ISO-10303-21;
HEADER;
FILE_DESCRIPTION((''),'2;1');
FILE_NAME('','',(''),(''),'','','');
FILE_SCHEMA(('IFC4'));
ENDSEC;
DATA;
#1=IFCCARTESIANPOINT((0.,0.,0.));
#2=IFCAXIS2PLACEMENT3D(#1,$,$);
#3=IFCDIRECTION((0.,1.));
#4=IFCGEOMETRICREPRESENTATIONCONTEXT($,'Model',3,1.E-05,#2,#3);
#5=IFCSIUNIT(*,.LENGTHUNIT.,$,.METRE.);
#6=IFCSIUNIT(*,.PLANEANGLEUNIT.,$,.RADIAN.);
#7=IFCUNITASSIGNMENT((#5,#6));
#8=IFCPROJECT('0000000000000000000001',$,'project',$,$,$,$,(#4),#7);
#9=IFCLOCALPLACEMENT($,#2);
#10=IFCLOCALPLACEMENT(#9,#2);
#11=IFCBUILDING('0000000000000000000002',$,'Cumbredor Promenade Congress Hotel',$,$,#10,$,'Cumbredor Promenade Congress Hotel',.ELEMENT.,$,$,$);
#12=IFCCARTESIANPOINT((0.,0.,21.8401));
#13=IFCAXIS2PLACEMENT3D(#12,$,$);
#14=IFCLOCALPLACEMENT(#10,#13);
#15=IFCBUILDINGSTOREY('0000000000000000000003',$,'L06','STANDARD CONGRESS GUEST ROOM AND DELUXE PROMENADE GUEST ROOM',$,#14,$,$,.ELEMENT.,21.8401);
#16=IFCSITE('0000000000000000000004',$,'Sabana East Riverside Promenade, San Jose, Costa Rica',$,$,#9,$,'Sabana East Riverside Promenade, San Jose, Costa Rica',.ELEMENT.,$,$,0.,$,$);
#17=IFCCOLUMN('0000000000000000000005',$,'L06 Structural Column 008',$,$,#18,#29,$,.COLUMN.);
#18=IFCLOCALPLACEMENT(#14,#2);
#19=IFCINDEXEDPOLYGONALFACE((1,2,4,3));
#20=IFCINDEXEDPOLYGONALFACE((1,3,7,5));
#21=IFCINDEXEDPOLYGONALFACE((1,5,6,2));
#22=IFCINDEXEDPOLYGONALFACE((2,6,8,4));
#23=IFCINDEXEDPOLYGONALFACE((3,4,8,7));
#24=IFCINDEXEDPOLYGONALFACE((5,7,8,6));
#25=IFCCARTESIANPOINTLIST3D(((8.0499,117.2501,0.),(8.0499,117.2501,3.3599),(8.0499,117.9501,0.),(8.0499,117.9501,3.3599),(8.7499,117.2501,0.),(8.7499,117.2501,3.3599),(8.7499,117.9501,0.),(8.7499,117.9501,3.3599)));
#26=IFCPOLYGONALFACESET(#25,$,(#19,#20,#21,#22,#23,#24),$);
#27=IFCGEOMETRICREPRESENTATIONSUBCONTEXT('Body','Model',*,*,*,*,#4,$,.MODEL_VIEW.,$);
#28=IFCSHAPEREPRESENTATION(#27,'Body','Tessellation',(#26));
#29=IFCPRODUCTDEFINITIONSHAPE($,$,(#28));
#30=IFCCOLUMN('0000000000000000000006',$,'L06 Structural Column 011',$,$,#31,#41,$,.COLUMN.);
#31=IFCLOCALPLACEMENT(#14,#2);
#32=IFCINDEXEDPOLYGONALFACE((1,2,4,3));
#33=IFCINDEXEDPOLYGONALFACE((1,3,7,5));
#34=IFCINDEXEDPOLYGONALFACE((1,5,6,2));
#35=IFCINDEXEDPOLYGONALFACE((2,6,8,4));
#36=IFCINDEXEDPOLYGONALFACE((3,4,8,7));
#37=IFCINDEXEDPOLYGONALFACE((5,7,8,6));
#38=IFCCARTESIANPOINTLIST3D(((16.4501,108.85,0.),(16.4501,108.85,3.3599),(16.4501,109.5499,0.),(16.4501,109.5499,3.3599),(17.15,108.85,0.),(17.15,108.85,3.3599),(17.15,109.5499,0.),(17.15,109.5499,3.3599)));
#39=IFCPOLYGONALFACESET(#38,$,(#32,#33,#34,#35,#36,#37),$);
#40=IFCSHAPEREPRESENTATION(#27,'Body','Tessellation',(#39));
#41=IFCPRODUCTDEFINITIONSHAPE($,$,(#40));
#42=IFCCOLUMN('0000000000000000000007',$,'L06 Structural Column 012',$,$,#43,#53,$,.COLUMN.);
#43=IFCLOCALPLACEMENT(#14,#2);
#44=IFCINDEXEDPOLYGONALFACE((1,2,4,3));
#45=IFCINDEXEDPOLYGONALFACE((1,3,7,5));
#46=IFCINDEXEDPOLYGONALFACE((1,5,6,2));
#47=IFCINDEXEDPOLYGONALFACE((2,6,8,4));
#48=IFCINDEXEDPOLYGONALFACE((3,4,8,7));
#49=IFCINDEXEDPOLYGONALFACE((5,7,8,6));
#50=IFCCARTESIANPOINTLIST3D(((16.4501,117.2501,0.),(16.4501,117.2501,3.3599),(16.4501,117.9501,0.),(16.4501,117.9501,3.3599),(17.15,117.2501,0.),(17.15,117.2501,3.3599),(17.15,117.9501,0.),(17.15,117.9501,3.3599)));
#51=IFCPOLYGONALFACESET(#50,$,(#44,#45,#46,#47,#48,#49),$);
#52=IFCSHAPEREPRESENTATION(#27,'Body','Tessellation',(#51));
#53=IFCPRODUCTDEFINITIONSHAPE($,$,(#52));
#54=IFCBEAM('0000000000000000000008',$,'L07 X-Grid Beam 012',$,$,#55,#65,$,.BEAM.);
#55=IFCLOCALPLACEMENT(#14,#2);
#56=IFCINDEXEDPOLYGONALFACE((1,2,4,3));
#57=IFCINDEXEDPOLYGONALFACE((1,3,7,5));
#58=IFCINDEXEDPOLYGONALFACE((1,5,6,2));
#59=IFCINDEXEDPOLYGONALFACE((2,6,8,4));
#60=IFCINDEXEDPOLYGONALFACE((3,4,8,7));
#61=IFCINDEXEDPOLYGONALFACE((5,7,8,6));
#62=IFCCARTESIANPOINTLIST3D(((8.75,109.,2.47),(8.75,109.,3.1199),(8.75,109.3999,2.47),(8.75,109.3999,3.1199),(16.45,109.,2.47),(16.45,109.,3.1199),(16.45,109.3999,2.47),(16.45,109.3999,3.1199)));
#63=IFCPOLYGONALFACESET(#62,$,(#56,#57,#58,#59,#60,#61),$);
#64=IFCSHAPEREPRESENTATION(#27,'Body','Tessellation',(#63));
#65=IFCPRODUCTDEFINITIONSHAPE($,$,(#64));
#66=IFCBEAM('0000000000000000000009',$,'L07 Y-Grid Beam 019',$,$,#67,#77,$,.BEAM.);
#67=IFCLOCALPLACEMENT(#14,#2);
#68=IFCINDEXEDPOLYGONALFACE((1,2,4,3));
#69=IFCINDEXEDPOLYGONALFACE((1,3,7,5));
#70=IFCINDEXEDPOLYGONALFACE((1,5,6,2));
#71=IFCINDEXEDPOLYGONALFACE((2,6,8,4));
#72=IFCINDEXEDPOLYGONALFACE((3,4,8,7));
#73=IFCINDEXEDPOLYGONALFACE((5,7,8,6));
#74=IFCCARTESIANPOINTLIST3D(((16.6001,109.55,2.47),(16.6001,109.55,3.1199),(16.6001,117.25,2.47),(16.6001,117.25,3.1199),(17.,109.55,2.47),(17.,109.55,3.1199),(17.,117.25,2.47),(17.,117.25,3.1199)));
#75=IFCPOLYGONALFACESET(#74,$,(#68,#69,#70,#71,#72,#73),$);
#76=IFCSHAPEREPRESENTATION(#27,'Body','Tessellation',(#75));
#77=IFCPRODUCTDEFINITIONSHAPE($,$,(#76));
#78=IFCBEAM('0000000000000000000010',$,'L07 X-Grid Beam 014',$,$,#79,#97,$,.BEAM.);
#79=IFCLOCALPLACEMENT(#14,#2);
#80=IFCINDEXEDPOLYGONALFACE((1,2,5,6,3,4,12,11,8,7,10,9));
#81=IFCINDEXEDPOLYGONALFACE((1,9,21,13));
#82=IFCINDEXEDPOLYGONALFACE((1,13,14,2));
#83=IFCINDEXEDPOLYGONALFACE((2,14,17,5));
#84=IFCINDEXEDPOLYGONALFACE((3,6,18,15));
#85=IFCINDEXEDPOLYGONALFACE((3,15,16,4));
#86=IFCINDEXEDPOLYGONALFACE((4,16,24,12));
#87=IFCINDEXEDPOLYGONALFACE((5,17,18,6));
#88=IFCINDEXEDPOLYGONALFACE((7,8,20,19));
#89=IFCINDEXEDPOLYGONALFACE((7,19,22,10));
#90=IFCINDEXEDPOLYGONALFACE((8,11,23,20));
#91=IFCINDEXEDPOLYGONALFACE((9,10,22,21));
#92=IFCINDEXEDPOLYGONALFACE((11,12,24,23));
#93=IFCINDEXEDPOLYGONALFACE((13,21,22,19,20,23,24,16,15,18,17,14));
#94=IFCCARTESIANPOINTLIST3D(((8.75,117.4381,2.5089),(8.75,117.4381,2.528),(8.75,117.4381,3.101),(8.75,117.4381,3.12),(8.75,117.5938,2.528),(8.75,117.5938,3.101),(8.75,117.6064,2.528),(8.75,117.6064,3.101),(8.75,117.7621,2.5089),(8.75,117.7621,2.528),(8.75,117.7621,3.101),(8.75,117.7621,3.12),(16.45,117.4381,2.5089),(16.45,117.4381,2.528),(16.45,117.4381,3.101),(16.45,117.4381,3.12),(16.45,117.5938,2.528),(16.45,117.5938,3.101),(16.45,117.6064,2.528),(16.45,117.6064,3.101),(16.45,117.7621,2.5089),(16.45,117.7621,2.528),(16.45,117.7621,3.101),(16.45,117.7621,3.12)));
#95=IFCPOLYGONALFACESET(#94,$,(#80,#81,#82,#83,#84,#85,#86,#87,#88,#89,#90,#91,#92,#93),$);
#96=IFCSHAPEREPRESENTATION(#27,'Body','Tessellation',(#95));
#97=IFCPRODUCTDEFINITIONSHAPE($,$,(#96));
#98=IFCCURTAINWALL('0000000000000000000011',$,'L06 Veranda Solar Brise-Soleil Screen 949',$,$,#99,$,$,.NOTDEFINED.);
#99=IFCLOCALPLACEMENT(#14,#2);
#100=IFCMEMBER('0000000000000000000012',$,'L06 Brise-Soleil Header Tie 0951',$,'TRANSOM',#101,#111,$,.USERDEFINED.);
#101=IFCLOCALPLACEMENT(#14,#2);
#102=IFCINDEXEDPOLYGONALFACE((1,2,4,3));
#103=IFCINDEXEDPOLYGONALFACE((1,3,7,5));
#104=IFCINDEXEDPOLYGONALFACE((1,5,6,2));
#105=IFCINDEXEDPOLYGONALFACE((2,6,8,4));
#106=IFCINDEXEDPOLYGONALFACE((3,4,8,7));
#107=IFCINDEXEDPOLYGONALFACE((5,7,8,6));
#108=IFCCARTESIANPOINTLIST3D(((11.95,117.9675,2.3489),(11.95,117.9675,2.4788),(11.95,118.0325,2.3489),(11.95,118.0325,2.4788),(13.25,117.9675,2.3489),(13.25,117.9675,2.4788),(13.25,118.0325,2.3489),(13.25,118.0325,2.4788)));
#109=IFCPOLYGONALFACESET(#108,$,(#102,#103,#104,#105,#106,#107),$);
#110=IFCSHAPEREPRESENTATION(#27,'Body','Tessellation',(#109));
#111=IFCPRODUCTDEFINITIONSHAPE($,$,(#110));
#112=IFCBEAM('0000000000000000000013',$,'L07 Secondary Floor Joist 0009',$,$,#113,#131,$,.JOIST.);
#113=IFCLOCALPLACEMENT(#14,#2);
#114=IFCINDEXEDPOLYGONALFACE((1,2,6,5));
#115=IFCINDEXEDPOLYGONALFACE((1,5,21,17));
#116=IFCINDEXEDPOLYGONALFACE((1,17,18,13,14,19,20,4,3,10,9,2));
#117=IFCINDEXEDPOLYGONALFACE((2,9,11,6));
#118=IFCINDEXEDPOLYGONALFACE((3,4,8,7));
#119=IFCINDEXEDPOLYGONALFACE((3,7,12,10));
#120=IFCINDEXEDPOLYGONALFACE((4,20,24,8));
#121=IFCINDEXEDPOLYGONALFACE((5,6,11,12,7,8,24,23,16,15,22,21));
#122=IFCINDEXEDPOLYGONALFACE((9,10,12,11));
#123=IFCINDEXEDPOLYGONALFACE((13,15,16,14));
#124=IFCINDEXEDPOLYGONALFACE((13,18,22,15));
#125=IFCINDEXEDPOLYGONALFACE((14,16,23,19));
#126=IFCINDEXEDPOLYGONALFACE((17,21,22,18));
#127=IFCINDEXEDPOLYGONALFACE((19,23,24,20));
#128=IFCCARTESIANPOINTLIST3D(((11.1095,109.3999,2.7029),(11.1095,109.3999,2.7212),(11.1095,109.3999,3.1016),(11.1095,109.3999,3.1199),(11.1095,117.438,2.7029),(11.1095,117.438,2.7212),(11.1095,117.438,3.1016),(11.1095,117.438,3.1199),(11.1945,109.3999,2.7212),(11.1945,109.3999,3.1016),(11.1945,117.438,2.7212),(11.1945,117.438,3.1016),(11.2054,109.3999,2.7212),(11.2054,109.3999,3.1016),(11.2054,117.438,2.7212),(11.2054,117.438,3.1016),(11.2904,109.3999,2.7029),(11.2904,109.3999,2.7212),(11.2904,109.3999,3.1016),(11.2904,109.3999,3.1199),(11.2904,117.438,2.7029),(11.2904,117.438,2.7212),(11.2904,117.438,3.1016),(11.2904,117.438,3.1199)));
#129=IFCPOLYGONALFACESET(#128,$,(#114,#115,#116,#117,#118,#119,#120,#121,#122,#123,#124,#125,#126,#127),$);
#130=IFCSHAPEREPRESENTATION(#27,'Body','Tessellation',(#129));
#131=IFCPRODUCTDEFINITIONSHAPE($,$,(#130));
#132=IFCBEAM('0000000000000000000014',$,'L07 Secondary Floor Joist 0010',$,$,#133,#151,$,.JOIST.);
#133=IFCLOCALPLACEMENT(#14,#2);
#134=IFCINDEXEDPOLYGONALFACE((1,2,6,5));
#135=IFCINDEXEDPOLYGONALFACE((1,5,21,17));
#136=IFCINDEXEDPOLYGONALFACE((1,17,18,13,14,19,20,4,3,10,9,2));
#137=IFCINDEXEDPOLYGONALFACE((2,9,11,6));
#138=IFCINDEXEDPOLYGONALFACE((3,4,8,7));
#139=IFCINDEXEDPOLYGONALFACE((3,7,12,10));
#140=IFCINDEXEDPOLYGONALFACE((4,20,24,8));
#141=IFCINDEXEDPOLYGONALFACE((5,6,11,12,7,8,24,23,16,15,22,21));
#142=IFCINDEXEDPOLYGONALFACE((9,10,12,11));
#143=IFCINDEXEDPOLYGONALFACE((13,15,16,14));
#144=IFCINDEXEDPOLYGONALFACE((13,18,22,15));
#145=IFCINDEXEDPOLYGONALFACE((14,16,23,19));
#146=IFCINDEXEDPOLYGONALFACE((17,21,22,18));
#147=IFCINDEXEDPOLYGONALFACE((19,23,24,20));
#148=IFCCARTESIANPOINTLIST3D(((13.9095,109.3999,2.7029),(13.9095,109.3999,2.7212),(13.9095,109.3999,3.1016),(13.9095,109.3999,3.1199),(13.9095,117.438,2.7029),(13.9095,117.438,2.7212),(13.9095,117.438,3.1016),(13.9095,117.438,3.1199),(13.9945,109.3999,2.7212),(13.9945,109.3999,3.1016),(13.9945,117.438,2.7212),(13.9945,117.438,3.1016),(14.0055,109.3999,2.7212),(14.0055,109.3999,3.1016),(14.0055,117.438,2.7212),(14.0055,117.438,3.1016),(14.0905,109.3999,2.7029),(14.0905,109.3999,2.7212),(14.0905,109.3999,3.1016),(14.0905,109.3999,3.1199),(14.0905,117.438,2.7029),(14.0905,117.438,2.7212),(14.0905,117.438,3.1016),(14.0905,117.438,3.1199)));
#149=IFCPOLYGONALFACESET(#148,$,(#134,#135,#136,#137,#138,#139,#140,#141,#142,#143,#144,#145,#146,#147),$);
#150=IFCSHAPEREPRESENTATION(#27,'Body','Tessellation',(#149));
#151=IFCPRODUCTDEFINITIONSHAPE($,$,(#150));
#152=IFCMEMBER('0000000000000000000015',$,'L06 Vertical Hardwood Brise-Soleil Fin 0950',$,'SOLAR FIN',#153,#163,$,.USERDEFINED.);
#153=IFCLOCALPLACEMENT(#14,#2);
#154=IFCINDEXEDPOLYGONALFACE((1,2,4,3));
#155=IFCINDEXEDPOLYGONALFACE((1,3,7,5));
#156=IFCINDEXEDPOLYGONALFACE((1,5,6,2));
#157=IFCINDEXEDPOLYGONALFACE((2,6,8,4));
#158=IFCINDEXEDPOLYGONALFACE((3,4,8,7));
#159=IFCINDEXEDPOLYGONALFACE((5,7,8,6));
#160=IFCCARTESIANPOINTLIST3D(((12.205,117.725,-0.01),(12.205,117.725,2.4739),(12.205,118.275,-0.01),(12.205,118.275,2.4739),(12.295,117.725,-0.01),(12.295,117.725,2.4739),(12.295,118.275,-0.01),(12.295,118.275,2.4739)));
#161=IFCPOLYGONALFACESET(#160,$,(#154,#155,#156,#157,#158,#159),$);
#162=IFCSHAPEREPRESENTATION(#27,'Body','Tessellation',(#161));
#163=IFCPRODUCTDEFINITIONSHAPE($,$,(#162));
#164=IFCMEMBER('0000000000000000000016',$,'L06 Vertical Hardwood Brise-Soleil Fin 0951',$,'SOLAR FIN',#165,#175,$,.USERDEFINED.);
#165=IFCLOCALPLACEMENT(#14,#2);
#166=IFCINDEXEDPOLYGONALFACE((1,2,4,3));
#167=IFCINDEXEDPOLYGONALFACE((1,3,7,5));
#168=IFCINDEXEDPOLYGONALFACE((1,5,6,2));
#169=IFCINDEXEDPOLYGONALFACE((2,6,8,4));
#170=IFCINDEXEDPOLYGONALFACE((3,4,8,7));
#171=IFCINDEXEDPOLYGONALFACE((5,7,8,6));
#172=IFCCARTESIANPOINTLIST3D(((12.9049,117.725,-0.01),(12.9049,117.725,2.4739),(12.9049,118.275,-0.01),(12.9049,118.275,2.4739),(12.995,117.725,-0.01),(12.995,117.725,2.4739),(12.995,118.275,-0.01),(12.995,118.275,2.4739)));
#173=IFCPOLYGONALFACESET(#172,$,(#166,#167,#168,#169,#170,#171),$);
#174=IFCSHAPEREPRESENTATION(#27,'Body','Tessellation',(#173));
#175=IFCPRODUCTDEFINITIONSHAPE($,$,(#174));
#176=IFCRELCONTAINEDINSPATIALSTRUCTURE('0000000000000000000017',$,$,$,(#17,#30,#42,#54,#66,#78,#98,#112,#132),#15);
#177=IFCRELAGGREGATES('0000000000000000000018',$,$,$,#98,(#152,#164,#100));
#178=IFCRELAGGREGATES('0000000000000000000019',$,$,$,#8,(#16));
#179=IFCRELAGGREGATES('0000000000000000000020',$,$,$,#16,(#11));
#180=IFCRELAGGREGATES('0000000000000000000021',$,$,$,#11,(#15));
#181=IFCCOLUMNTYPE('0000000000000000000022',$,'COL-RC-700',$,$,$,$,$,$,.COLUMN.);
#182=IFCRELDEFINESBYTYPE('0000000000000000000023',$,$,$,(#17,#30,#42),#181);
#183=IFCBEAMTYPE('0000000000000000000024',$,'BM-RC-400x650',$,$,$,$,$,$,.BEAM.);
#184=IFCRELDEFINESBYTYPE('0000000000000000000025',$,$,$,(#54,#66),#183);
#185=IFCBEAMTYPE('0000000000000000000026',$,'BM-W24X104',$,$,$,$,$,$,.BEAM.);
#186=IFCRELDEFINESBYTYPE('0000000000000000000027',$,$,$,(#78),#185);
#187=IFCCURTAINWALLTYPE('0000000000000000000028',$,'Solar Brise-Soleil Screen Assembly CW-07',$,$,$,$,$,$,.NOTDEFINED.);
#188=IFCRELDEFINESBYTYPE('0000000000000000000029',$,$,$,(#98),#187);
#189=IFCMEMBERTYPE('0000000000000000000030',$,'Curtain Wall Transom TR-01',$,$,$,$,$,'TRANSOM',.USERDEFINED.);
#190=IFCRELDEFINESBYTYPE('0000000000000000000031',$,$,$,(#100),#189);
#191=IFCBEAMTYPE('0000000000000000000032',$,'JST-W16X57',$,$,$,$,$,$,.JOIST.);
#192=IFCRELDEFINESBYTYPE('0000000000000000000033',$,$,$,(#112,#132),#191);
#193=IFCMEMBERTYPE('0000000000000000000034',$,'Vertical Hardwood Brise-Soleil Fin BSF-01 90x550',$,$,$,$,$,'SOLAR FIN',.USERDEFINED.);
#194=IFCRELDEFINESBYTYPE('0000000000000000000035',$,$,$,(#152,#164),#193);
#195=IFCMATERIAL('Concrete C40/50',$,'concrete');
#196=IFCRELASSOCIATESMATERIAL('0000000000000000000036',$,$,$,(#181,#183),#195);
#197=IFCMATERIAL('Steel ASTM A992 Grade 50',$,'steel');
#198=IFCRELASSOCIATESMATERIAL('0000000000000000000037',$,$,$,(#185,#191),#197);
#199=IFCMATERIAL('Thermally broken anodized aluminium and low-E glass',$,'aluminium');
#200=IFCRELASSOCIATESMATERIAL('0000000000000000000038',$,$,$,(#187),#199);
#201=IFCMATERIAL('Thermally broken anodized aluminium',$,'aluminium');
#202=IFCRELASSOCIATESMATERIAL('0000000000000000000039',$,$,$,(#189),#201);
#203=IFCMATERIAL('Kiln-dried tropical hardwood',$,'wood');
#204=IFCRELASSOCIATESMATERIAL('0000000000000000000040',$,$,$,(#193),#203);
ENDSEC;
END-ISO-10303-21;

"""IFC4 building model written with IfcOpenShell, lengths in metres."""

from ifc_helpers import new_model, si_unit, direction, frame, origin, origin_2d, place, context, subcontext, project, spatial, rectangle, i_section, extrude, material, material_profile, profile_set, type_object, element, aggregate, save


model = new_model("IFC4")

# Units and contexts
model_context = context("Model", 3, precision=1e-05, world=origin(), true_north=direction((0.0, 1.0)))
body_context = subcontext(model_context, "Body", "Model", "MODEL_VIEW")
ifc_project = project(units=[si_unit("LENGTHUNIT", "METRE"), si_unit("PLANEANGLEUNIT", "RADIAN")], contexts=[model_context])

# Site, building, storey
site_placement = place(None, origin())
site = spatial("IfcSite", under=ifc_project, at=site_placement, Name="Sabana East Riverside Promenade, San Jose, Costa Rica", LongName="Sabana East Riverside Promenade, San Jose, Costa Rica", CompositionType="ELEMENT", RefElevation=0.0)
building_placement = place(site_placement, origin())
building = spatial("IfcBuilding", under=site, at=building_placement, Name="Cumbredor Promenade Congress Hotel", LongName="Cumbredor Promenade Congress Hotel", CompositionType="ELEMENT")
storey_placement = place(building_placement, frame((0.0, 0.0, 21.8401)))
storey = spatial("IfcBuildingStorey", under=building, at=storey_placement, Name="L06", Description="STANDARD CONGRESS GUEST ROOM AND DELUXE PROMENADE GUEST ROOM", CompositionType="ELEMENT", Elevation=21.8401)

# Columns
ifc_material_1 = material(Name="Concrete C40/50", Category="concrete")
ifc_material_profile_1 = material_profile(ifc_material_1, rectangle(XDim=0.7, YDim=0.7, at=origin_2d()), Name="RC 700x700")
ifc_profile_set_1 = profile_set([ifc_material_profile_1], Name="Concrete C40/50")
column_type = type_object("IfcColumnType", Name="COL-RC-700", PredefinedType="COLUMN", material=ifc_profile_set_1)
for number, where, z_axis, x_axis, name in (
    (1, (8.3999, 117.6001, 0.0), (0.0, 0.0, 1.0), (1.0, 0.0, 0.0), "L06 Structural Column 008"),
    (2, (16.8, 109.2, 0.0), (0.0, 0.0, 1.0), (1.0, 0.0, 0.0), "L06 Structural Column 011"),
    (3, (16.8, 117.6001, 0.0), (0.0, 0.0, 1.0), (1.0, 0.0, 0.0), "L06 Structural Column 012"),
):
    element("IfcColumn", number, at=place(storey_placement, frame(where, z_axis=z_axis, x_axis=x_axis)), inside=storey, type_object=column_type, Name=name, PredefinedType="COLUMN", context=body_context, shape_type="SweptSolid", body=[
        extrude(rectangle(XDim=0.7, YDim=0.7, at=origin_2d()), origin(), (0.0, 0.0, 1.0), 3.3599),
    ])

# Beams
ifc_material_profile_2 = material_profile(ifc_material_1, rectangle(XDim=0.3999, YDim=0.6499, at=origin_2d()), Name="RC BEAM 400x650")
ifc_profile_set_2 = profile_set([ifc_material_profile_2], Name="Concrete C40/50")
beam_type_1 = type_object("IfcBeamType", Name="BM-RC-400x650", PredefinedType="BEAM", material=ifc_profile_set_2)
for number, where, z_axis, x_axis, name in (
    (4, (8.75, 109.2, 2.7949), (1.0, 0.0, 0.0), (0.0, 1.0, 0.0), "L07 X-Grid Beam 012"),
    (5, (16.8, 109.55, 2.7949), (0.0, 1.0, 0.0), (-1.0, 0.0, 0.0), "L07 Y-Grid Beam 019"),
):
    element("IfcBeam", number, at=place(storey_placement, frame(where, z_axis=z_axis, x_axis=x_axis)), inside=storey, type_object=beam_type_1, Name=name, PredefinedType="BEAM", context=body_context, shape_type="SweptSolid", body=[
        extrude(rectangle(XDim=0.3999, YDim=0.6499, at=origin_2d()), origin(), (0.0, 0.0, 1.0), 7.7),
    ])
ifc_material_2 = material(Name="Steel ASTM A992 Grade 50", Category="steel")
ifc_material_profile_3 = material_profile(ifc_material_2, i_section(OverallWidth=0.324, OverallDepth=0.6111, WebThickness=0.0127, FlangeThickness=0.019, at=origin_2d()), Name="W24X104")
ifc_profile_set_3 = profile_set([ifc_material_profile_3], Name="Steel ASTM A992 Grade 50")
beam_type_2 = type_object("IfcBeamType", Name="BM-W24X104", PredefinedType="BEAM", material=ifc_profile_set_3)
beam_placement = place(storey_placement, frame((8.75, 117.6001, 2.8145), z_axis=(1.0, 0.0, 0.0), x_axis=(0.0, 1.0, 0.0)))
element("IfcBeam", 6, at=beam_placement, inside=storey, type_object=beam_type_2, Name="L07 X-Grid Beam 014", PredefinedType="BEAM", context=body_context, shape_type="SweptSolid", body=[
    extrude(i_section(OverallWidth=0.324, OverallDepth=0.6111, WebThickness=0.0127, FlangeThickness=0.019, at=origin_2d()), origin(), (0.0, 0.0, 1.0), 7.7),
])

# Curtain wall, member
ifc_material_3 = material(Name="Thermally broken anodized aluminium and low-E glass", Category="aluminium")
curtain_wall_type = type_object("IfcCurtainWallType", Name="Solar Brise-Soleil Screen Assembly CW-07", PredefinedType="NOTDEFINED", material=ifc_material_3)
curtain_wall_placement = place(storey_placement, origin())
curtain_wall = element("IfcCurtainWall", 7, at=curtain_wall_placement, inside=storey, type_object=curtain_wall_type, Name="L06 Veranda Solar Brise-Soleil Screen 949", PredefinedType="NOTDEFINED")
ifc_material_4 = material(Name="Thermally broken anodized aluminium", Category="aluminium")
ifc_material_profile_4 = material_profile(ifc_material_4, rectangle(XDim=0.0649, YDim=0.1299, at=origin_2d()), Name="ALU TRANSOM 65x130")
ifc_profile_set_4 = profile_set([ifc_material_profile_4], Name="Thermally broken anodized aluminium")
member_type_1 = type_object("IfcMemberType", Name="Curtain Wall Transom TR-01", ElementType="TRANSOM", PredefinedType="USERDEFINED", material=ifc_profile_set_4)
member_1_placement = place(storey_placement, frame((11.95, 118.0, 2.4138), z_axis=(1.0, 0.0, 0.0), x_axis=(0.0, 1.0, 0.0)))
member_1 = element("IfcMember", 8, at=member_1_placement, type_object=member_type_1, Name="L06 Brise-Soleil Header Tie 0951", ObjectType="TRANSOM", PredefinedType="USERDEFINED", context=body_context, shape_type="SweptSolid", body=[
    extrude(rectangle(XDim=0.0649, YDim=0.1299, at=origin_2d()), origin(), (0.0, 0.0, 1.0), 1.3),
])

# Beams
ifc_material_profile_5 = material_profile(ifc_material_2, i_section(OverallWidth=0.1809, OverallDepth=0.417, WebThickness=0.011, FlangeThickness=0.0183, at=origin_2d()), Name="W16X57")
ifc_profile_set_5 = profile_set([ifc_material_profile_5], Name="Steel ASTM A992 Grade 50")
beam_type_3 = type_object("IfcBeamType", Name="JST-W16X57", PredefinedType="JOIST", material=ifc_profile_set_5)
for number, where, z_axis, x_axis, name in (
    (9, (11.2, 109.3999, 2.9114), (0.0, 1.0, 0.0), (-1.0, 0.0, 0.0), "L07 Secondary Floor Joist 0009"),
    (10, (14.0, 109.3999, 2.9114), (0.0, 1.0, 0.0), (-1.0, 0.0, 0.0), "L07 Secondary Floor Joist 0010"),
):
    element("IfcBeam", number, at=place(storey_placement, frame(where, z_axis=z_axis, x_axis=x_axis)), inside=storey, type_object=beam_type_3, Name=name, PredefinedType="JOIST", context=body_context, shape_type="SweptSolid", body=[
        extrude(i_section(OverallWidth=0.1809, OverallDepth=0.417, WebThickness=0.011, FlangeThickness=0.0183, at=origin_2d()), origin(), (0.0, 0.0, 1.0), 8.0381),
    ])

# Members
ifc_material_5 = material(Name="Kiln-dried tropical hardwood", Category="wood")
ifc_material_profile_6 = material_profile(ifc_material_5, rectangle(XDim=0.0901, YDim=0.55, at=origin_2d()), Name="ARCH FIN 90x550")
ifc_profile_set_6 = profile_set([ifc_material_profile_6], Name="Kiln-dried tropical hardwood")
member_type_2 = type_object("IfcMemberType", Name="Vertical Hardwood Brise-Soleil Fin BSF-01 90x550", ElementType="SOLAR FIN", PredefinedType="USERDEFINED", material=ifc_profile_set_6)
member_2_placement = place(storey_placement, frame((12.25, 118.0, -0.01), z_axis=(0.0, 0.0, 1.0), x_axis=(1.0, 0.0, 0.0)))
member_2 = element("IfcMember", 11, at=member_2_placement, type_object=member_type_2, Name="L06 Vertical Hardwood Brise-Soleil Fin 0950", ObjectType="SOLAR FIN", PredefinedType="USERDEFINED", context=body_context, shape_type="SweptSolid", body=[
    extrude(rectangle(XDim=0.0901, YDim=0.55, at=origin_2d()), origin(), (0.0, 0.0, 1.0), 2.4839),
])
member_3_placement = place(storey_placement, frame((12.95, 118.0, -0.01), z_axis=(0.0, 0.0, 1.0), x_axis=(1.0, 0.0, 0.0)))
member_3 = element("IfcMember", 12, at=member_3_placement, type_object=member_type_2, Name="L06 Vertical Hardwood Brise-Soleil Fin 0951", ObjectType="SOLAR FIN", PredefinedType="USERDEFINED", context=body_context, shape_type="SweptSolid", body=[
    extrude(rectangle(XDim=0.0901, YDim=0.55, at=origin_2d()), origin(), (0.0, 0.0, 1.0), 2.4839),
])
aggregate(curtain_wall, [member_2, member_3, member_1])

save(model, "model.ifc")
